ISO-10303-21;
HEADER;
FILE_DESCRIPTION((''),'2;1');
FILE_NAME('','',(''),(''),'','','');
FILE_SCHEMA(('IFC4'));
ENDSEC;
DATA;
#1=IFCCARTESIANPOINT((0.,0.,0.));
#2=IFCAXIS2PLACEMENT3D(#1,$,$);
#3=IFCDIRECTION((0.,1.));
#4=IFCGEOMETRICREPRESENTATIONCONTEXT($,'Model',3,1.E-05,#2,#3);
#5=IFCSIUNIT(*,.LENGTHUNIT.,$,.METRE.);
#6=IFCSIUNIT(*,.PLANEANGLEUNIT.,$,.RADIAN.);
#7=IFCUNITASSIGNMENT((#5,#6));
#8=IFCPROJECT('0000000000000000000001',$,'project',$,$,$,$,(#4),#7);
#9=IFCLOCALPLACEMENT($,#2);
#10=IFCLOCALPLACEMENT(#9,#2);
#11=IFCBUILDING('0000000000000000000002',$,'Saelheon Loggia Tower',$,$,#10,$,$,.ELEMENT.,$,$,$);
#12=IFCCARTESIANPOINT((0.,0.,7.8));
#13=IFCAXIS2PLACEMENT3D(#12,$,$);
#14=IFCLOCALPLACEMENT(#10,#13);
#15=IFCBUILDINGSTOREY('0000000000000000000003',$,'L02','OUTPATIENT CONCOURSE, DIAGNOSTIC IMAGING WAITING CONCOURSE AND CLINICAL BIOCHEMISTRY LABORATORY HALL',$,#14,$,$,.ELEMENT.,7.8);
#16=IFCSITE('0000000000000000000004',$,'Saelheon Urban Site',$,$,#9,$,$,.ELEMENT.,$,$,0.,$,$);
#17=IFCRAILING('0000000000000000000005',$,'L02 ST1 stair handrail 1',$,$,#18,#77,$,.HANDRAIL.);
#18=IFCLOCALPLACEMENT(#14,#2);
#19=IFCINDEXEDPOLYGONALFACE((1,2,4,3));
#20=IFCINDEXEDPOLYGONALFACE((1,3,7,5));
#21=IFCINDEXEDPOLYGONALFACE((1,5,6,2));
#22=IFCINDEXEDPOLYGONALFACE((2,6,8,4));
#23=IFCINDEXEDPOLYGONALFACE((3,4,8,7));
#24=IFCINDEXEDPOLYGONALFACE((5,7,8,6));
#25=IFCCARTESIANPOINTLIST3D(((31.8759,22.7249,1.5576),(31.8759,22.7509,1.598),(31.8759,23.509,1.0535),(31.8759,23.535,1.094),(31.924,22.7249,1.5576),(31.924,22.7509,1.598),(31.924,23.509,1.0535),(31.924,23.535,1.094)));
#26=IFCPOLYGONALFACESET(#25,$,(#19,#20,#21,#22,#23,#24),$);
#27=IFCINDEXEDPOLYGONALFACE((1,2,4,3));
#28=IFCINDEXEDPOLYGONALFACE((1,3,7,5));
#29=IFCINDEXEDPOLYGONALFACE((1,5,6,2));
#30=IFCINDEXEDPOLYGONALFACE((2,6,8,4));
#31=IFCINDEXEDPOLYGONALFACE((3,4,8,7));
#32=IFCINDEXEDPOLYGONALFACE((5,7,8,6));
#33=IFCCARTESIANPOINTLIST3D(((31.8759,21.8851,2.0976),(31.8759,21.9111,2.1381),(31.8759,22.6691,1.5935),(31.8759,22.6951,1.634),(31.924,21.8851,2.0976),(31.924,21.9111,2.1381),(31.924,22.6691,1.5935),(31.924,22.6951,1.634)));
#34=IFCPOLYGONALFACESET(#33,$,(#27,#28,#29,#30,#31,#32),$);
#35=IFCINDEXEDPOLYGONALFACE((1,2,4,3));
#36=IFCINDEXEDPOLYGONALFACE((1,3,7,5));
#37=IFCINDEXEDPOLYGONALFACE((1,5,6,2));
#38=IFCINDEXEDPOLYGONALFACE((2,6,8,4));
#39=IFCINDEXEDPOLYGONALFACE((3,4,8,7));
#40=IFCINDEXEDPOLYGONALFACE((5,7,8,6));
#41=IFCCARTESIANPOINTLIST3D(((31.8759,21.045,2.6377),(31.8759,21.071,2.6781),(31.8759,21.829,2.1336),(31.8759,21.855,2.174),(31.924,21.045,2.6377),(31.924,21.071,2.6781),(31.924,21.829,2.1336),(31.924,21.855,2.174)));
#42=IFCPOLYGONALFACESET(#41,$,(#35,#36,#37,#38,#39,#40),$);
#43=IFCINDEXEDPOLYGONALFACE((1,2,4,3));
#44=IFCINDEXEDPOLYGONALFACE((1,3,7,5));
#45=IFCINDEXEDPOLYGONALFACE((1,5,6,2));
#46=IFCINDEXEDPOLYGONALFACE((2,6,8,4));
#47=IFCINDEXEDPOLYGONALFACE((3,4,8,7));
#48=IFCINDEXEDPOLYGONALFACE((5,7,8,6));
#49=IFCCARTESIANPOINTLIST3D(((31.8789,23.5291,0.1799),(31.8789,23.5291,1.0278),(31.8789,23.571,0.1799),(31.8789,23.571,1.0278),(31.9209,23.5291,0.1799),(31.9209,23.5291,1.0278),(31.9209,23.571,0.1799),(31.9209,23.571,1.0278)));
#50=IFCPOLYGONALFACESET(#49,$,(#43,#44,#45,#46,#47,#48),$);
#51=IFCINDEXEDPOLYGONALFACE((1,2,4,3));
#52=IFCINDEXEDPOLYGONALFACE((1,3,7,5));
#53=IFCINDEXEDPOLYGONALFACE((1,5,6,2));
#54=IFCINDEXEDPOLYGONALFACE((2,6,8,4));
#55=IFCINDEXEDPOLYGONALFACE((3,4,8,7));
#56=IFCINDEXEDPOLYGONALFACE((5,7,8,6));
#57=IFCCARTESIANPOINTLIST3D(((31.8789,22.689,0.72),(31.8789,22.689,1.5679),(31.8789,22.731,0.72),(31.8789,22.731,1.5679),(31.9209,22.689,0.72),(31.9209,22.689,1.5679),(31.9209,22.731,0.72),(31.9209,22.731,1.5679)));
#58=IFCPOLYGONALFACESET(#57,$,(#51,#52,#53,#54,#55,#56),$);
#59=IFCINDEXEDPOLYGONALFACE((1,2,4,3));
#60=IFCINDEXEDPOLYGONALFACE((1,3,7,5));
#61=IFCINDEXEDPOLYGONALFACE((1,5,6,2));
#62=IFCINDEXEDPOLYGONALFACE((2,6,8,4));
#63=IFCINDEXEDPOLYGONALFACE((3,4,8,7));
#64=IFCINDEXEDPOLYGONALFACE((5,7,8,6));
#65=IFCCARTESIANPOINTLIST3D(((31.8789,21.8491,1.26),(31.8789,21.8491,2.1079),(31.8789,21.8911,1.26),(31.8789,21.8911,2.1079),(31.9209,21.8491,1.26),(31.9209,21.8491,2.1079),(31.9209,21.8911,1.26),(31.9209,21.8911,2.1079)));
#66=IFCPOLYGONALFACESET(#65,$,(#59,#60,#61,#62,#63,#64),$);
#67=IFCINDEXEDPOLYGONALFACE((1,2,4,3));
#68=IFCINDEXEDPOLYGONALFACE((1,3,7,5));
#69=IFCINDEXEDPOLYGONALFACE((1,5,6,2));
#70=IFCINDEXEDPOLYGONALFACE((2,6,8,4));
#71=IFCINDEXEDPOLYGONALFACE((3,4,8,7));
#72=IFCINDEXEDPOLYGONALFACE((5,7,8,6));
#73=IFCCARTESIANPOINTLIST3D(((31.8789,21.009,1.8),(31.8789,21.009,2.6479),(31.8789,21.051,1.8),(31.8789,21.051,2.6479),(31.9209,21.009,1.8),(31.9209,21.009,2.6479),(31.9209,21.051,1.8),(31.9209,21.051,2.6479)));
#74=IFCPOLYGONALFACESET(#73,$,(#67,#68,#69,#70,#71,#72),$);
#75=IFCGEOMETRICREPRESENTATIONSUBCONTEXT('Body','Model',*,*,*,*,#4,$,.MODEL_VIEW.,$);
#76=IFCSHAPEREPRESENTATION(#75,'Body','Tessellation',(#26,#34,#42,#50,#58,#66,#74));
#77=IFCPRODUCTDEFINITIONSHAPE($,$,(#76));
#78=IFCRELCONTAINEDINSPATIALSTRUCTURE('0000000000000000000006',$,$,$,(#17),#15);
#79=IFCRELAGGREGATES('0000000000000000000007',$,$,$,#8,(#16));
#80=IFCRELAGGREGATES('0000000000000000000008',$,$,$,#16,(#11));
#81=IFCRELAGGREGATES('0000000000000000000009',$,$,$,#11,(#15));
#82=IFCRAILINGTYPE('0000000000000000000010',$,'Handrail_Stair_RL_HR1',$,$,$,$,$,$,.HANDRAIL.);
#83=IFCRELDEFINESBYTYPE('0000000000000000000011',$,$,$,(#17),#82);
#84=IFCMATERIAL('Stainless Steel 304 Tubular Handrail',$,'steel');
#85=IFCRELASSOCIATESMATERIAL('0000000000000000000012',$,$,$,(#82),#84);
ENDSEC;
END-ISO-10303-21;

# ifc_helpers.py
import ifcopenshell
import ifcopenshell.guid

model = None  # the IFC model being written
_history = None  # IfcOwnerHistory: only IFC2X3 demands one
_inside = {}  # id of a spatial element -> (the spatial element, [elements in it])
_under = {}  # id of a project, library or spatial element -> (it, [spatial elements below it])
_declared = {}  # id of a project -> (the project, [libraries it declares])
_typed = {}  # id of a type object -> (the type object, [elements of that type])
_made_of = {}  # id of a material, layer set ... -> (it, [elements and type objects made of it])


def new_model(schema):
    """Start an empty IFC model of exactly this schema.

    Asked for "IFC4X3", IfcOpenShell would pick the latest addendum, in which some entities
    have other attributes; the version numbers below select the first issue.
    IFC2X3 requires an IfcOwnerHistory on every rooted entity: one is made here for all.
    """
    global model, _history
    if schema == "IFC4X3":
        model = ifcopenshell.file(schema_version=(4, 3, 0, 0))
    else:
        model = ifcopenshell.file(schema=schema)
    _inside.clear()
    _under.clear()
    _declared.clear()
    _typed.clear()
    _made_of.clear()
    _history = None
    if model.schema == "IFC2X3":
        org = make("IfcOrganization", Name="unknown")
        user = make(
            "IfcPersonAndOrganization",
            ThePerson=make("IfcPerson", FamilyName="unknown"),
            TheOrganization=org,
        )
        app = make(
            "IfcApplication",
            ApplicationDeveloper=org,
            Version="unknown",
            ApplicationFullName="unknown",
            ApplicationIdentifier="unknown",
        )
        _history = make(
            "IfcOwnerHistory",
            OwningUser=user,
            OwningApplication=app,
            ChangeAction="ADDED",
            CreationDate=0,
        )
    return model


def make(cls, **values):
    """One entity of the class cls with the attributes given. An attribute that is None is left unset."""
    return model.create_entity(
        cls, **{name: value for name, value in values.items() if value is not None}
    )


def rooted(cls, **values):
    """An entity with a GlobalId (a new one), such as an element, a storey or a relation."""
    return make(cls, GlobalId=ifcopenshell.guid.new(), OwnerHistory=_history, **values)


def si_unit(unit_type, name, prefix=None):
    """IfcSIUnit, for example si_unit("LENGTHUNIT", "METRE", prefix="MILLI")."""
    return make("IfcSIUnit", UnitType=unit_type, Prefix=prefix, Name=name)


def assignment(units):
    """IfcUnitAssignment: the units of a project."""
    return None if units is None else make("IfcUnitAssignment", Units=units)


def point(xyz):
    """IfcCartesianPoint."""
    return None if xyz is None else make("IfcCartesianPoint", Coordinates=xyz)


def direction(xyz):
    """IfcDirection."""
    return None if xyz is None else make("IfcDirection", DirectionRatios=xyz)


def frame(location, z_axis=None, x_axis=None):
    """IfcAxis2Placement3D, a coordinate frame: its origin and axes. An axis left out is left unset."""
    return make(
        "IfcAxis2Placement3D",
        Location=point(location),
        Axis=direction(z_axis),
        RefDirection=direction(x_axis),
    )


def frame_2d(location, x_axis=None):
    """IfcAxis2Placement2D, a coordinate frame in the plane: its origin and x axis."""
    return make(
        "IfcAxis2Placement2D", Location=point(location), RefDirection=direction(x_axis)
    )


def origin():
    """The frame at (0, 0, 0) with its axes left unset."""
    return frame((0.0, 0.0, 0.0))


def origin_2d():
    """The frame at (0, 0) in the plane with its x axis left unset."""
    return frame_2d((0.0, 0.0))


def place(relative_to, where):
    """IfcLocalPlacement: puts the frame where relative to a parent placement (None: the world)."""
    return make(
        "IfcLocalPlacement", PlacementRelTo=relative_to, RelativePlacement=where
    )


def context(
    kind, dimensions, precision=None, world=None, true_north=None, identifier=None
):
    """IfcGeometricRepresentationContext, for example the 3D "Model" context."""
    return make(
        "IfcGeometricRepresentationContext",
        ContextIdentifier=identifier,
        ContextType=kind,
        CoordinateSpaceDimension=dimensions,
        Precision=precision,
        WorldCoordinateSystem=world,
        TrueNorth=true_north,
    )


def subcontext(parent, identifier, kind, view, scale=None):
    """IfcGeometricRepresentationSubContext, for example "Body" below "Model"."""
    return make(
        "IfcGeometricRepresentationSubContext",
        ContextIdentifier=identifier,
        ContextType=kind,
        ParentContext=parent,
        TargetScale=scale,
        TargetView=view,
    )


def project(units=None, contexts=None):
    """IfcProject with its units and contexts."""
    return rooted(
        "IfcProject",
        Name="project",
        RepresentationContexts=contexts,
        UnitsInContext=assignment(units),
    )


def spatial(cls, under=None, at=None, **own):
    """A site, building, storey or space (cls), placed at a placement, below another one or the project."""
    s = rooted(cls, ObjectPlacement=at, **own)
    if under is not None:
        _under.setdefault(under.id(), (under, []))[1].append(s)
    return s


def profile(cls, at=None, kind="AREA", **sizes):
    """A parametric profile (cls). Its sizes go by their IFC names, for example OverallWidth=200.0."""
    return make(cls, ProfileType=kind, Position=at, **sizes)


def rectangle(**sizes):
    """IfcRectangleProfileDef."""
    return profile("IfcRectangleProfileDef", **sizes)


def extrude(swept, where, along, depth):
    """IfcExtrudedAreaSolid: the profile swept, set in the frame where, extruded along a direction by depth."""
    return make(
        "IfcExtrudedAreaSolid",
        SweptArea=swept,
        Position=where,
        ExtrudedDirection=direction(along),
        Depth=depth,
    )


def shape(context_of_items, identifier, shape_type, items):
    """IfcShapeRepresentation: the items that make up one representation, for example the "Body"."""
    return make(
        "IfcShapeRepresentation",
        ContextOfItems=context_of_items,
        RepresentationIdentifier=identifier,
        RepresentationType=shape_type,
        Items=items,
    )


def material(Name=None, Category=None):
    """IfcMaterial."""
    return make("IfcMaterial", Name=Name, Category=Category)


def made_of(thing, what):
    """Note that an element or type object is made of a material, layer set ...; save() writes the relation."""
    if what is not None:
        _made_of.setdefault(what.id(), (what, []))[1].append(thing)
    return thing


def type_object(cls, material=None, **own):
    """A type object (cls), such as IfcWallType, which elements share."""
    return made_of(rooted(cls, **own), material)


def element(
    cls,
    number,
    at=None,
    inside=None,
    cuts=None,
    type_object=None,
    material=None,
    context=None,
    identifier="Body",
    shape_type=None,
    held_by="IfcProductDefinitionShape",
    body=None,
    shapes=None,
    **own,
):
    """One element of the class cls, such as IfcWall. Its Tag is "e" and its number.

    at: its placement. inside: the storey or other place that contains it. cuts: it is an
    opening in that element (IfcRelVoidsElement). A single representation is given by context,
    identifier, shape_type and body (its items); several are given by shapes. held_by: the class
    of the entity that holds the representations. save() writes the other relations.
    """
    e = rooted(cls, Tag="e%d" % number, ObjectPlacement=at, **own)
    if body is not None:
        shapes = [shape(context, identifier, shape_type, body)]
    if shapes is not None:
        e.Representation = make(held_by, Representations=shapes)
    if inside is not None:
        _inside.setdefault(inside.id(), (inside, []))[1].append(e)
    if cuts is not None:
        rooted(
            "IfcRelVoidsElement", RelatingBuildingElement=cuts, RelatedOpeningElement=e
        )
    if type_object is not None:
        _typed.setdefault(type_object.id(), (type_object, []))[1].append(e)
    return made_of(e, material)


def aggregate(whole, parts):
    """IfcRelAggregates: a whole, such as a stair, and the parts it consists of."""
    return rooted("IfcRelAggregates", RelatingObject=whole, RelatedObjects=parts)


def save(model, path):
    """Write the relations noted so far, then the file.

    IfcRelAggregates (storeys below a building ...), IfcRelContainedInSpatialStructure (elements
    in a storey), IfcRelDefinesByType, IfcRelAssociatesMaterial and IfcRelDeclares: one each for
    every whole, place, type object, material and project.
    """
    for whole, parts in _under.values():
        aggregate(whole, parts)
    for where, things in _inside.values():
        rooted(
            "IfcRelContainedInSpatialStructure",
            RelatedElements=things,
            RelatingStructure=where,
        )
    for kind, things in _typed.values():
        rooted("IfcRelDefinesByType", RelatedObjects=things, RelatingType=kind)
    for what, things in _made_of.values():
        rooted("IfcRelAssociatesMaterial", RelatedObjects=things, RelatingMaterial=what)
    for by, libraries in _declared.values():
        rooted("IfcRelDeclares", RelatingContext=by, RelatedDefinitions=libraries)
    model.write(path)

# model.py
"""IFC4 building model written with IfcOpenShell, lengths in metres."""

from ifc_helpers import new_model, si_unit, direction, frame, origin, origin_2d, place, context, subcontext, project, spatial, rectangle, extrude, material, type_object, element, save


model = new_model("IFC4")

# Units and contexts
model_context = context("Model", 3, precision=1e-05, world=origin(), true_north=direction((0.0, 1.0)))
body_context = subcontext(model_context, "Body", "Model", "MODEL_VIEW")
ifc_project = project(units=[si_unit("LENGTHUNIT", "METRE"), si_unit("PLANEANGLEUNIT", "RADIAN")], contexts=[model_context])

# Site, building, storey
site_placement = place(None, origin())
site = spatial("IfcSite", under=ifc_project, at=site_placement, Name="Saelheon Urban Site", CompositionType="ELEMENT", RefElevation=0.0)
building_placement = place(site_placement, origin())
building = spatial("IfcBuilding", under=site, at=building_placement, Name="Saelheon Loggia Tower", CompositionType="ELEMENT")
storey_placement = place(building_placement, frame((0.0, 0.0, 7.8)))
storey = spatial("IfcBuildingStorey", under=building, at=storey_placement, Name="L02", Description="OUTPATIENT CONCOURSE, DIAGNOSTIC IMAGING WAITING CONCOURSE AND CLINICAL BIOCHEMISTRY LABORATORY HALL", CompositionType="ELEMENT", Elevation=7.8)

# Railing
ifc_material_1 = material(Name="Stainless Steel 304 Tubular Handrail", Category="steel")
railing_type_1 = type_object("IfcRailingType", Name="Handrail_Stair_RL_HR1", PredefinedType="HANDRAIL", material=ifc_material_1)
railing_1_placement = place(storey_placement, frame((31.8999, 23.55, 0.1799)))
element("IfcRailing", 1, at=railing_1_placement, inside=storey, type_object=railing_type_1, Name="L02 ST1 stair handrail 1", PredefinedType="HANDRAIL", context=body_context, shape_type="SweptSolid", body=[
    extrude(rectangle(XDim=0.0481, YDim=0.0481, at=origin_2d()), frame((0.0, -0.0281, 0.8938), z_axis=(0.0, -0.841163, 0.540782), x_axis=(1.0, 0.0, 0.0)), (0.0, 0.0, 1.0), 0.9321),
    extrude(rectangle(XDim=0.0481, YDim=0.0481, at=origin_2d()), frame((0.0, -0.8679, 1.4338), z_axis=(0.0, -0.841163, 0.540782), x_axis=(1.0, 0.0, 0.0)), (0.0, 0.0, 1.0), 0.9321),
    extrude(rectangle(XDim=0.0481, YDim=0.0481, at=origin_2d()), frame((0.0, -1.708, 1.9739), z_axis=(0.0, -0.841163, 0.540782), x_axis=(1.0, 0.0, 0.0)), (0.0, 0.0, 1.0), 0.9321),
    extrude(rectangle(XDim=0.042, YDim=0.042, at=origin_2d()), origin(), (0.0, 0.0, 1.0), 0.8479),
    extrude(rectangle(XDim=0.042, YDim=0.042, at=origin_2d()), frame((0.0, -0.8401, 0.54)), (0.0, 0.0, 1.0), 0.8479),
    extrude(rectangle(XDim=0.042, YDim=0.042, at=origin_2d()), frame((0.0, -1.6799, 1.0801)), (0.0, 0.0, 1.0), 0.8479),
    extrude(rectangle(XDim=0.042, YDim=0.042, at=origin_2d()), frame((0.0, -2.52, 1.6201)), (0.0, 0.0, 1.0), 0.8479),
])

save(model, "model.ifc")
